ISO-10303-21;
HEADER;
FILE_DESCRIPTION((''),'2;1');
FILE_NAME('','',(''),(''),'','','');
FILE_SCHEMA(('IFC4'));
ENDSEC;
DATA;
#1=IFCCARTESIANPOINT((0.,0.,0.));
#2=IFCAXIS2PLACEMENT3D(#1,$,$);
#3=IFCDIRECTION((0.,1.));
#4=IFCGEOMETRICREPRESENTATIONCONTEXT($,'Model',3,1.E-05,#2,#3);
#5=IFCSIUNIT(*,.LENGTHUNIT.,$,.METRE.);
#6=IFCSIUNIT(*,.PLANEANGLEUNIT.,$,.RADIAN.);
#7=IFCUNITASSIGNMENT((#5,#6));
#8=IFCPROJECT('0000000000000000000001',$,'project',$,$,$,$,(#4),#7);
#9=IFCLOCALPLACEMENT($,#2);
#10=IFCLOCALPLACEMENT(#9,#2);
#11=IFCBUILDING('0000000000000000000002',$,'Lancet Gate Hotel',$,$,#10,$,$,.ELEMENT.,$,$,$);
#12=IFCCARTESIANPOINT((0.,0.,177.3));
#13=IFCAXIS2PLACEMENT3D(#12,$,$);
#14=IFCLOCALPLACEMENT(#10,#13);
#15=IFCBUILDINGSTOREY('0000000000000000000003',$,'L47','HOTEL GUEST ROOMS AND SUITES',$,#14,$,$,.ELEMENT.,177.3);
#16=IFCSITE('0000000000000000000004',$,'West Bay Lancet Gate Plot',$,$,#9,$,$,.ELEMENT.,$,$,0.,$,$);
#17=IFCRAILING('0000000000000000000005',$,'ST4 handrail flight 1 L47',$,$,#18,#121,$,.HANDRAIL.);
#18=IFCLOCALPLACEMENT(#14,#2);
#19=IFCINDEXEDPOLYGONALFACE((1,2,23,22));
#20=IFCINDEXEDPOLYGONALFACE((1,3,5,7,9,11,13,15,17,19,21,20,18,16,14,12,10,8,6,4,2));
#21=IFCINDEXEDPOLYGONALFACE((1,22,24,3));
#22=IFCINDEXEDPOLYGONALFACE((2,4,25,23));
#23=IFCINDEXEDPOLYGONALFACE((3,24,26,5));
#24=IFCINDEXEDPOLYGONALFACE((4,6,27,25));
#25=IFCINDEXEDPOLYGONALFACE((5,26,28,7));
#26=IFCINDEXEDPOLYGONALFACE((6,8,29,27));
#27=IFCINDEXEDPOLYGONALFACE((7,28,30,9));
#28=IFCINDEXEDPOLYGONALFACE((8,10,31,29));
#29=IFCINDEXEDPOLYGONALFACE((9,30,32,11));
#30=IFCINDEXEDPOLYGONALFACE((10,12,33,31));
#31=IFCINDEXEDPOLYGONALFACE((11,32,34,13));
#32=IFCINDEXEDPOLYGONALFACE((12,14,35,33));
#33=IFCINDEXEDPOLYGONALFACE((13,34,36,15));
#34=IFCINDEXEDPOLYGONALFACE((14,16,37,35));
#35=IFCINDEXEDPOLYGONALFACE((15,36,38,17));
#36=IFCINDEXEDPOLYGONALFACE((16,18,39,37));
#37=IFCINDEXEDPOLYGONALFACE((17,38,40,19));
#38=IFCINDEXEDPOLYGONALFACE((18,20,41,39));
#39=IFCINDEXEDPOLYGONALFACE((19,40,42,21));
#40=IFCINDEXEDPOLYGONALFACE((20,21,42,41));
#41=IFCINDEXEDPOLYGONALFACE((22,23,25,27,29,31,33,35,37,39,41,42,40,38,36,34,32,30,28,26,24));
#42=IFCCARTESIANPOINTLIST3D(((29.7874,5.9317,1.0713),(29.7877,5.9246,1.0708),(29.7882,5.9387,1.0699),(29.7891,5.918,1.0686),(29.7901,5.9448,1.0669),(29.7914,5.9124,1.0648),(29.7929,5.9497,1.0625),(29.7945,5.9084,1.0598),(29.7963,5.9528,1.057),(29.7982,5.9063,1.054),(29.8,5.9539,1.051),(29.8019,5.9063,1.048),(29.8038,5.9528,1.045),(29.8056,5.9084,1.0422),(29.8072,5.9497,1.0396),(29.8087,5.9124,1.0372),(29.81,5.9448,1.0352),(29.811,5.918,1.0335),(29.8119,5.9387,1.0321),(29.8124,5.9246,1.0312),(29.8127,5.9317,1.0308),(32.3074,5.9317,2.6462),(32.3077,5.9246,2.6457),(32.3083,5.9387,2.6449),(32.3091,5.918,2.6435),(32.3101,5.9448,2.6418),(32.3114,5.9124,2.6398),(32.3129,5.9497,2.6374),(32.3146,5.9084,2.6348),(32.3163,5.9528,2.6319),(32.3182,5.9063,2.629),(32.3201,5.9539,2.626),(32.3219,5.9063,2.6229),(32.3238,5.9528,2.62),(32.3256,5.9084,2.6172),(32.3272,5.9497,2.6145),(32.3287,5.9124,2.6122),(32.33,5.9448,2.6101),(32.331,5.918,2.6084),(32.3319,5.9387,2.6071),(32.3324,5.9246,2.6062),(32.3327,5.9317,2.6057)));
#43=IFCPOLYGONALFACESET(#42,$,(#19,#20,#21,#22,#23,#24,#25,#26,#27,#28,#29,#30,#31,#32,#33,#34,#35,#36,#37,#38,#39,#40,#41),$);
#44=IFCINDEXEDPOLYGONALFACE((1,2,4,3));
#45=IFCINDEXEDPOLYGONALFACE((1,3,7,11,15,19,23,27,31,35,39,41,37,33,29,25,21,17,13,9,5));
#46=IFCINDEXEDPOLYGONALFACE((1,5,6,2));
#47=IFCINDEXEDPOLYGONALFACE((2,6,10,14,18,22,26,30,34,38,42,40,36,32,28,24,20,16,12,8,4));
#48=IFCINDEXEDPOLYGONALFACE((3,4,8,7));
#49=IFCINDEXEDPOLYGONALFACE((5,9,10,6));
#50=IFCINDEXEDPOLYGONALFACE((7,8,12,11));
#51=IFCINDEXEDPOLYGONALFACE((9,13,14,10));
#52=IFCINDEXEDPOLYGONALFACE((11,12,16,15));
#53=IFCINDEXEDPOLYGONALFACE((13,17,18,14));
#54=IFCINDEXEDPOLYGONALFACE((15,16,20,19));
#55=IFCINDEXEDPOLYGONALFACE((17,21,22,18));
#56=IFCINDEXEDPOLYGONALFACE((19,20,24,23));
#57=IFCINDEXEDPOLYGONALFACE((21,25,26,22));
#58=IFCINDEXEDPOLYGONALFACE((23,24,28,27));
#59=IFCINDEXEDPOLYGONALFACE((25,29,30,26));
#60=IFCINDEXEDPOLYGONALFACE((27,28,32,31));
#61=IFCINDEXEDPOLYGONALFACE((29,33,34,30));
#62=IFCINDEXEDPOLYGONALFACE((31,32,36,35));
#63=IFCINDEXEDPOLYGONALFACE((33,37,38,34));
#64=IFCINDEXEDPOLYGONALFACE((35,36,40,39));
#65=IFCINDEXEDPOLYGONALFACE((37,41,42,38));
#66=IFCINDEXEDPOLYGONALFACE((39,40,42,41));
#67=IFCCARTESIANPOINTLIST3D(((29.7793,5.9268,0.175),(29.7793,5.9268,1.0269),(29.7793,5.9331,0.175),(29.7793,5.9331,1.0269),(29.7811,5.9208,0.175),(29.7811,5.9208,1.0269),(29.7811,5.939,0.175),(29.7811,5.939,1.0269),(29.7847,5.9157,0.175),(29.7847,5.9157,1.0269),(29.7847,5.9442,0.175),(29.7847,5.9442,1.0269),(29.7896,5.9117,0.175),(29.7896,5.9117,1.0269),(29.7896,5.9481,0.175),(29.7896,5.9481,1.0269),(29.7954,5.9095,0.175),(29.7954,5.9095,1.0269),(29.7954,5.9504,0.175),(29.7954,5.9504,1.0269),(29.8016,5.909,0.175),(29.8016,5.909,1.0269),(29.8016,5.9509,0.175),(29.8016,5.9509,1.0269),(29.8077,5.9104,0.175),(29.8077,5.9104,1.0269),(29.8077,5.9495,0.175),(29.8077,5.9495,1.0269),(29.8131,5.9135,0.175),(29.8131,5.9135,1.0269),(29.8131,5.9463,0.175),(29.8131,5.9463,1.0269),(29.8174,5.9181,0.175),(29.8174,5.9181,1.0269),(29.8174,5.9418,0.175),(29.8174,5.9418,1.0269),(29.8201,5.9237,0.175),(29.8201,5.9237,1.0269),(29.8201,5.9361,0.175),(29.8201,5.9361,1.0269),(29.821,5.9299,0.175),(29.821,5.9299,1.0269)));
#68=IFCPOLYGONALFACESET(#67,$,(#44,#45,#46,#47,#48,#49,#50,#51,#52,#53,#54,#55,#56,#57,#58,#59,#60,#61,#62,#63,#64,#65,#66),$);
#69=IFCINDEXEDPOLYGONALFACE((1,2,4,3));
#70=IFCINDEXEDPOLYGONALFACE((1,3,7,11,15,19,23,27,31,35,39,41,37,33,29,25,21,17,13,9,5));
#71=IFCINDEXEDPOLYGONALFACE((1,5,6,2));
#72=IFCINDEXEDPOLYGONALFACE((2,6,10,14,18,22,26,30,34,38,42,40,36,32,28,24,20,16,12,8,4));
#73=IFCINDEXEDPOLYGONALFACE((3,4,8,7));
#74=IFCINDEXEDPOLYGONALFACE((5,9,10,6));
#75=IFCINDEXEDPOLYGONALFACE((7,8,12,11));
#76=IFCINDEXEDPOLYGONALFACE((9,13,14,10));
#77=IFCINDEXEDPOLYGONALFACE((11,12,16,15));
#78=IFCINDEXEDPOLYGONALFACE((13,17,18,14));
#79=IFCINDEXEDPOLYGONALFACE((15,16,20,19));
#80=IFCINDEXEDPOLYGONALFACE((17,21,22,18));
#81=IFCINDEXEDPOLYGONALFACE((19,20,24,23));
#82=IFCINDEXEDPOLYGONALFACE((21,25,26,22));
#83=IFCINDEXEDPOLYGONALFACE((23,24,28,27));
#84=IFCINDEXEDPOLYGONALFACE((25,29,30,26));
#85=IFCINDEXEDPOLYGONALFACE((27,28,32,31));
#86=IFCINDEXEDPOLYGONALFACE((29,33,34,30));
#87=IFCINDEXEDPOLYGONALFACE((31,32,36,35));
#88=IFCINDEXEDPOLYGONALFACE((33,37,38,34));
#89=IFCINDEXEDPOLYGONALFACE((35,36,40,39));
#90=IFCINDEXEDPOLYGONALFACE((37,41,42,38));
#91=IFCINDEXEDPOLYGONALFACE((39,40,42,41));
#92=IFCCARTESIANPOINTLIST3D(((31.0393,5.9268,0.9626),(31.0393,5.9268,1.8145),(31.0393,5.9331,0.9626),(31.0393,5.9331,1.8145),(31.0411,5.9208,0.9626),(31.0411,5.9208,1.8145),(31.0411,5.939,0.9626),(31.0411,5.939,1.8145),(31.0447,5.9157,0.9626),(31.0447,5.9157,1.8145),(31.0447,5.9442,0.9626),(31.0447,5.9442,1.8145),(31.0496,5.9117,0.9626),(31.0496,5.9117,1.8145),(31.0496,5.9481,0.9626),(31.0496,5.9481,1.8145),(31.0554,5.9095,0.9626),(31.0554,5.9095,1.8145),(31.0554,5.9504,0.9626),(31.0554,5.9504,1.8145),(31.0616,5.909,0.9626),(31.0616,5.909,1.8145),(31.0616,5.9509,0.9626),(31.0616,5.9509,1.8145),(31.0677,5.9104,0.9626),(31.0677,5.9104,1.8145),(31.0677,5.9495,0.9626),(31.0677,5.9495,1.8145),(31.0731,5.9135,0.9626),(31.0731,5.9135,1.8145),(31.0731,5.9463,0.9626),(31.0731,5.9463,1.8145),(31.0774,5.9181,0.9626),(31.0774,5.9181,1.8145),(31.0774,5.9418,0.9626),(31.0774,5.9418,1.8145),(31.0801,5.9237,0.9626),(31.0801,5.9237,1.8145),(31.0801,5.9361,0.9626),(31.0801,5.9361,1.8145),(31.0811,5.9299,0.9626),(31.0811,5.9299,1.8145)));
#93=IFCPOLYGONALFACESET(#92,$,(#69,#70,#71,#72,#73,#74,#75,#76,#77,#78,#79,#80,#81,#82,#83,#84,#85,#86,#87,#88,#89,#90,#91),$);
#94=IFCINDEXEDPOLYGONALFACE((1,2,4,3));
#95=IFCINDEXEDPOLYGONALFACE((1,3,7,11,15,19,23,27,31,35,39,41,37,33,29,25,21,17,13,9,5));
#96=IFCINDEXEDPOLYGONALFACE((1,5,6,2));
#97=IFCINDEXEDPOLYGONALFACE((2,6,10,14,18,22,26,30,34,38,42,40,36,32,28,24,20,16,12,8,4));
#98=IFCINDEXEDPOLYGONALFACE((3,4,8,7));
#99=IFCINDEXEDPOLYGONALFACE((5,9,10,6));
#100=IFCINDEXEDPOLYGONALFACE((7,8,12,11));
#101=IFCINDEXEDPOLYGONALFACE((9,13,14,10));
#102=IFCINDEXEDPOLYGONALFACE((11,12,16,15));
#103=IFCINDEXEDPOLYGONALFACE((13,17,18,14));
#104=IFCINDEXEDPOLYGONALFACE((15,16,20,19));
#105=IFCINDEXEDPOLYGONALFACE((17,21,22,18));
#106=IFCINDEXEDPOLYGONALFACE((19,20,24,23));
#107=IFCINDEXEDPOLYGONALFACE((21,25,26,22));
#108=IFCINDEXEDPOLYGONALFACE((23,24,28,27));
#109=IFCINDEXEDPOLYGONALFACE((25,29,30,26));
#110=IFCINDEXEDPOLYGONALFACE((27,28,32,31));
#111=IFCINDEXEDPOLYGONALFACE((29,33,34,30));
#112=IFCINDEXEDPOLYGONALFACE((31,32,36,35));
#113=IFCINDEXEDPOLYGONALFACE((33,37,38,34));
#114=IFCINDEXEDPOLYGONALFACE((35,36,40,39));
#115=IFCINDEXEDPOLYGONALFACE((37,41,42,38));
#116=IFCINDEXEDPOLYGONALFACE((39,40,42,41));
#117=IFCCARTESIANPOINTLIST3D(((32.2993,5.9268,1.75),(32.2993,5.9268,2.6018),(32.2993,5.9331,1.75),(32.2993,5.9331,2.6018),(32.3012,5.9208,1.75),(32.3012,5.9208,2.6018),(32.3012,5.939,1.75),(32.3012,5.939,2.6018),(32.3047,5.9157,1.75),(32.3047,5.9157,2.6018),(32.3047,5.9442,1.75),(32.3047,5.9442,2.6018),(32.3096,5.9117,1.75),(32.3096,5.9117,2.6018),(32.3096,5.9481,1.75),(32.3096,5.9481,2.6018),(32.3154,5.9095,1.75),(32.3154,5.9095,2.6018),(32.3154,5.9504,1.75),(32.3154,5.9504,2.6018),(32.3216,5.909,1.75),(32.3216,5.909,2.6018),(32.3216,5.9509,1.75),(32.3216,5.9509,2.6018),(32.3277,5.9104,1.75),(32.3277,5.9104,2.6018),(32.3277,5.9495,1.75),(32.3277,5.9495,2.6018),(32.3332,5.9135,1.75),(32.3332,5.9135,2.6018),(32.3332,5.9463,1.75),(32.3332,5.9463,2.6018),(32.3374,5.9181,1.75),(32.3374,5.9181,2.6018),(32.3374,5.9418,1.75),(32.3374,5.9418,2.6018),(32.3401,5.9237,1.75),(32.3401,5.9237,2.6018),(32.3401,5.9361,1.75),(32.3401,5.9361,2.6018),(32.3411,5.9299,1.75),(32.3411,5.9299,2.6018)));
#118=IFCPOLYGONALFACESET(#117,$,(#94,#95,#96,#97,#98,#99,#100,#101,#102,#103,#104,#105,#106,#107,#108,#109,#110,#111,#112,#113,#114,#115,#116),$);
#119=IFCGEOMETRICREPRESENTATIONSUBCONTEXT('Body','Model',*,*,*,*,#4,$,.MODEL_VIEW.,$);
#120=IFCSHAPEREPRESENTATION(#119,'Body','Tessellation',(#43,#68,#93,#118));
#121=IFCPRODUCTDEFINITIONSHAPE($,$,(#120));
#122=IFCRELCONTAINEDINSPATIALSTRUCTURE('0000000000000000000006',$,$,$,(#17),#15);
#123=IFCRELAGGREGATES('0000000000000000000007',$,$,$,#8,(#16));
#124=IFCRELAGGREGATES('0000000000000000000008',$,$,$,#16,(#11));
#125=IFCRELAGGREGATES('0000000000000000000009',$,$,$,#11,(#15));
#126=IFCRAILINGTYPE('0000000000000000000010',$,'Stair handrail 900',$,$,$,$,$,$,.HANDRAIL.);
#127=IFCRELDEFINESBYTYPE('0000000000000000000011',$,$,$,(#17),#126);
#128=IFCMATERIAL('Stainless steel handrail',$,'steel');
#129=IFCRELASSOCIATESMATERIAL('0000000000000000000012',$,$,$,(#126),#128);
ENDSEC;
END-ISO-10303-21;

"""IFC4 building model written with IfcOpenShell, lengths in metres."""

from ifc_helpers import new_model, si_unit, direction, frame, origin, origin_2d, place, context, subcontext, project, spatial, circle, extrude, material, type_object, element, save


model = new_model("IFC4")

# Units and contexts
model_context = context("Model", 3, precision=1e-05, world=origin(), true_north=direction((0.0, 1.0)))
body_context = subcontext(model_context, "Body", "Model", "MODEL_VIEW")
ifc_project = project(units=[si_unit("LENGTHUNIT", "METRE"), si_unit("PLANEANGLEUNIT", "RADIAN")], contexts=[model_context])

# Site, building, storey
site_placement = place(None, origin())
site = spatial("IfcSite", under=ifc_project, at=site_placement, Name="West Bay Lancet Gate Plot", CompositionType="ELEMENT", RefElevation=0.0)
building_placement = place(site_placement, origin())
building = spatial("IfcBuilding", under=site, at=building_placement, Name="Lancet Gate Hotel", CompositionType="ELEMENT")
storey_placement = place(building_placement, frame((0.0, 0.0, 177.3)))
storey = spatial("IfcBuildingStorey", under=building, at=storey_placement, Name="L47", Description="HOTEL GUEST ROOMS AND SUITES", CompositionType="ELEMENT", Elevation=177.3)

# Railing
ifc_material_1 = material(Name="Stainless steel handrail", Category="steel")
railing_type = type_object("IfcRailingType", Name="Stair handrail 900", PredefinedType="HANDRAIL", material=ifc_material_1)
railing_placement = place(storey_placement, frame((29.8, 5.9299, 0.175)))
element("IfcRailing", 1, at=railing_placement, inside=storey, type_object=railing_type, Name="ST4 handrail flight 1 L47", PredefinedType="HANDRAIL", context=body_context, shape_type="SweptSolid", body=[
    extrude(circle(Radius=0.0239, at=origin_2d()), frame((0.0, 0.0, 0.876), z_axis=(0.848008, 0.0, 0.529984), x_axis=(0.0, 1.0, 0.0)), (0.0, 0.0, 1.0), 2.9717),
    extrude(circle(Radius=0.021, at=origin_2d()), origin(), (0.0, 0.0, 1.0), 0.8518),
    extrude(circle(Radius=0.021, at=origin_2d()), frame((1.26, 0.0, 0.7876)), (0.0, 0.0, 1.0), 0.8518),
    extrude(circle(Radius=0.021, at=origin_2d()), frame((2.52, 0.0, 1.575)), (0.0, 0.0, 1.0), 0.8518),
])

save(model, "model.ifc")
